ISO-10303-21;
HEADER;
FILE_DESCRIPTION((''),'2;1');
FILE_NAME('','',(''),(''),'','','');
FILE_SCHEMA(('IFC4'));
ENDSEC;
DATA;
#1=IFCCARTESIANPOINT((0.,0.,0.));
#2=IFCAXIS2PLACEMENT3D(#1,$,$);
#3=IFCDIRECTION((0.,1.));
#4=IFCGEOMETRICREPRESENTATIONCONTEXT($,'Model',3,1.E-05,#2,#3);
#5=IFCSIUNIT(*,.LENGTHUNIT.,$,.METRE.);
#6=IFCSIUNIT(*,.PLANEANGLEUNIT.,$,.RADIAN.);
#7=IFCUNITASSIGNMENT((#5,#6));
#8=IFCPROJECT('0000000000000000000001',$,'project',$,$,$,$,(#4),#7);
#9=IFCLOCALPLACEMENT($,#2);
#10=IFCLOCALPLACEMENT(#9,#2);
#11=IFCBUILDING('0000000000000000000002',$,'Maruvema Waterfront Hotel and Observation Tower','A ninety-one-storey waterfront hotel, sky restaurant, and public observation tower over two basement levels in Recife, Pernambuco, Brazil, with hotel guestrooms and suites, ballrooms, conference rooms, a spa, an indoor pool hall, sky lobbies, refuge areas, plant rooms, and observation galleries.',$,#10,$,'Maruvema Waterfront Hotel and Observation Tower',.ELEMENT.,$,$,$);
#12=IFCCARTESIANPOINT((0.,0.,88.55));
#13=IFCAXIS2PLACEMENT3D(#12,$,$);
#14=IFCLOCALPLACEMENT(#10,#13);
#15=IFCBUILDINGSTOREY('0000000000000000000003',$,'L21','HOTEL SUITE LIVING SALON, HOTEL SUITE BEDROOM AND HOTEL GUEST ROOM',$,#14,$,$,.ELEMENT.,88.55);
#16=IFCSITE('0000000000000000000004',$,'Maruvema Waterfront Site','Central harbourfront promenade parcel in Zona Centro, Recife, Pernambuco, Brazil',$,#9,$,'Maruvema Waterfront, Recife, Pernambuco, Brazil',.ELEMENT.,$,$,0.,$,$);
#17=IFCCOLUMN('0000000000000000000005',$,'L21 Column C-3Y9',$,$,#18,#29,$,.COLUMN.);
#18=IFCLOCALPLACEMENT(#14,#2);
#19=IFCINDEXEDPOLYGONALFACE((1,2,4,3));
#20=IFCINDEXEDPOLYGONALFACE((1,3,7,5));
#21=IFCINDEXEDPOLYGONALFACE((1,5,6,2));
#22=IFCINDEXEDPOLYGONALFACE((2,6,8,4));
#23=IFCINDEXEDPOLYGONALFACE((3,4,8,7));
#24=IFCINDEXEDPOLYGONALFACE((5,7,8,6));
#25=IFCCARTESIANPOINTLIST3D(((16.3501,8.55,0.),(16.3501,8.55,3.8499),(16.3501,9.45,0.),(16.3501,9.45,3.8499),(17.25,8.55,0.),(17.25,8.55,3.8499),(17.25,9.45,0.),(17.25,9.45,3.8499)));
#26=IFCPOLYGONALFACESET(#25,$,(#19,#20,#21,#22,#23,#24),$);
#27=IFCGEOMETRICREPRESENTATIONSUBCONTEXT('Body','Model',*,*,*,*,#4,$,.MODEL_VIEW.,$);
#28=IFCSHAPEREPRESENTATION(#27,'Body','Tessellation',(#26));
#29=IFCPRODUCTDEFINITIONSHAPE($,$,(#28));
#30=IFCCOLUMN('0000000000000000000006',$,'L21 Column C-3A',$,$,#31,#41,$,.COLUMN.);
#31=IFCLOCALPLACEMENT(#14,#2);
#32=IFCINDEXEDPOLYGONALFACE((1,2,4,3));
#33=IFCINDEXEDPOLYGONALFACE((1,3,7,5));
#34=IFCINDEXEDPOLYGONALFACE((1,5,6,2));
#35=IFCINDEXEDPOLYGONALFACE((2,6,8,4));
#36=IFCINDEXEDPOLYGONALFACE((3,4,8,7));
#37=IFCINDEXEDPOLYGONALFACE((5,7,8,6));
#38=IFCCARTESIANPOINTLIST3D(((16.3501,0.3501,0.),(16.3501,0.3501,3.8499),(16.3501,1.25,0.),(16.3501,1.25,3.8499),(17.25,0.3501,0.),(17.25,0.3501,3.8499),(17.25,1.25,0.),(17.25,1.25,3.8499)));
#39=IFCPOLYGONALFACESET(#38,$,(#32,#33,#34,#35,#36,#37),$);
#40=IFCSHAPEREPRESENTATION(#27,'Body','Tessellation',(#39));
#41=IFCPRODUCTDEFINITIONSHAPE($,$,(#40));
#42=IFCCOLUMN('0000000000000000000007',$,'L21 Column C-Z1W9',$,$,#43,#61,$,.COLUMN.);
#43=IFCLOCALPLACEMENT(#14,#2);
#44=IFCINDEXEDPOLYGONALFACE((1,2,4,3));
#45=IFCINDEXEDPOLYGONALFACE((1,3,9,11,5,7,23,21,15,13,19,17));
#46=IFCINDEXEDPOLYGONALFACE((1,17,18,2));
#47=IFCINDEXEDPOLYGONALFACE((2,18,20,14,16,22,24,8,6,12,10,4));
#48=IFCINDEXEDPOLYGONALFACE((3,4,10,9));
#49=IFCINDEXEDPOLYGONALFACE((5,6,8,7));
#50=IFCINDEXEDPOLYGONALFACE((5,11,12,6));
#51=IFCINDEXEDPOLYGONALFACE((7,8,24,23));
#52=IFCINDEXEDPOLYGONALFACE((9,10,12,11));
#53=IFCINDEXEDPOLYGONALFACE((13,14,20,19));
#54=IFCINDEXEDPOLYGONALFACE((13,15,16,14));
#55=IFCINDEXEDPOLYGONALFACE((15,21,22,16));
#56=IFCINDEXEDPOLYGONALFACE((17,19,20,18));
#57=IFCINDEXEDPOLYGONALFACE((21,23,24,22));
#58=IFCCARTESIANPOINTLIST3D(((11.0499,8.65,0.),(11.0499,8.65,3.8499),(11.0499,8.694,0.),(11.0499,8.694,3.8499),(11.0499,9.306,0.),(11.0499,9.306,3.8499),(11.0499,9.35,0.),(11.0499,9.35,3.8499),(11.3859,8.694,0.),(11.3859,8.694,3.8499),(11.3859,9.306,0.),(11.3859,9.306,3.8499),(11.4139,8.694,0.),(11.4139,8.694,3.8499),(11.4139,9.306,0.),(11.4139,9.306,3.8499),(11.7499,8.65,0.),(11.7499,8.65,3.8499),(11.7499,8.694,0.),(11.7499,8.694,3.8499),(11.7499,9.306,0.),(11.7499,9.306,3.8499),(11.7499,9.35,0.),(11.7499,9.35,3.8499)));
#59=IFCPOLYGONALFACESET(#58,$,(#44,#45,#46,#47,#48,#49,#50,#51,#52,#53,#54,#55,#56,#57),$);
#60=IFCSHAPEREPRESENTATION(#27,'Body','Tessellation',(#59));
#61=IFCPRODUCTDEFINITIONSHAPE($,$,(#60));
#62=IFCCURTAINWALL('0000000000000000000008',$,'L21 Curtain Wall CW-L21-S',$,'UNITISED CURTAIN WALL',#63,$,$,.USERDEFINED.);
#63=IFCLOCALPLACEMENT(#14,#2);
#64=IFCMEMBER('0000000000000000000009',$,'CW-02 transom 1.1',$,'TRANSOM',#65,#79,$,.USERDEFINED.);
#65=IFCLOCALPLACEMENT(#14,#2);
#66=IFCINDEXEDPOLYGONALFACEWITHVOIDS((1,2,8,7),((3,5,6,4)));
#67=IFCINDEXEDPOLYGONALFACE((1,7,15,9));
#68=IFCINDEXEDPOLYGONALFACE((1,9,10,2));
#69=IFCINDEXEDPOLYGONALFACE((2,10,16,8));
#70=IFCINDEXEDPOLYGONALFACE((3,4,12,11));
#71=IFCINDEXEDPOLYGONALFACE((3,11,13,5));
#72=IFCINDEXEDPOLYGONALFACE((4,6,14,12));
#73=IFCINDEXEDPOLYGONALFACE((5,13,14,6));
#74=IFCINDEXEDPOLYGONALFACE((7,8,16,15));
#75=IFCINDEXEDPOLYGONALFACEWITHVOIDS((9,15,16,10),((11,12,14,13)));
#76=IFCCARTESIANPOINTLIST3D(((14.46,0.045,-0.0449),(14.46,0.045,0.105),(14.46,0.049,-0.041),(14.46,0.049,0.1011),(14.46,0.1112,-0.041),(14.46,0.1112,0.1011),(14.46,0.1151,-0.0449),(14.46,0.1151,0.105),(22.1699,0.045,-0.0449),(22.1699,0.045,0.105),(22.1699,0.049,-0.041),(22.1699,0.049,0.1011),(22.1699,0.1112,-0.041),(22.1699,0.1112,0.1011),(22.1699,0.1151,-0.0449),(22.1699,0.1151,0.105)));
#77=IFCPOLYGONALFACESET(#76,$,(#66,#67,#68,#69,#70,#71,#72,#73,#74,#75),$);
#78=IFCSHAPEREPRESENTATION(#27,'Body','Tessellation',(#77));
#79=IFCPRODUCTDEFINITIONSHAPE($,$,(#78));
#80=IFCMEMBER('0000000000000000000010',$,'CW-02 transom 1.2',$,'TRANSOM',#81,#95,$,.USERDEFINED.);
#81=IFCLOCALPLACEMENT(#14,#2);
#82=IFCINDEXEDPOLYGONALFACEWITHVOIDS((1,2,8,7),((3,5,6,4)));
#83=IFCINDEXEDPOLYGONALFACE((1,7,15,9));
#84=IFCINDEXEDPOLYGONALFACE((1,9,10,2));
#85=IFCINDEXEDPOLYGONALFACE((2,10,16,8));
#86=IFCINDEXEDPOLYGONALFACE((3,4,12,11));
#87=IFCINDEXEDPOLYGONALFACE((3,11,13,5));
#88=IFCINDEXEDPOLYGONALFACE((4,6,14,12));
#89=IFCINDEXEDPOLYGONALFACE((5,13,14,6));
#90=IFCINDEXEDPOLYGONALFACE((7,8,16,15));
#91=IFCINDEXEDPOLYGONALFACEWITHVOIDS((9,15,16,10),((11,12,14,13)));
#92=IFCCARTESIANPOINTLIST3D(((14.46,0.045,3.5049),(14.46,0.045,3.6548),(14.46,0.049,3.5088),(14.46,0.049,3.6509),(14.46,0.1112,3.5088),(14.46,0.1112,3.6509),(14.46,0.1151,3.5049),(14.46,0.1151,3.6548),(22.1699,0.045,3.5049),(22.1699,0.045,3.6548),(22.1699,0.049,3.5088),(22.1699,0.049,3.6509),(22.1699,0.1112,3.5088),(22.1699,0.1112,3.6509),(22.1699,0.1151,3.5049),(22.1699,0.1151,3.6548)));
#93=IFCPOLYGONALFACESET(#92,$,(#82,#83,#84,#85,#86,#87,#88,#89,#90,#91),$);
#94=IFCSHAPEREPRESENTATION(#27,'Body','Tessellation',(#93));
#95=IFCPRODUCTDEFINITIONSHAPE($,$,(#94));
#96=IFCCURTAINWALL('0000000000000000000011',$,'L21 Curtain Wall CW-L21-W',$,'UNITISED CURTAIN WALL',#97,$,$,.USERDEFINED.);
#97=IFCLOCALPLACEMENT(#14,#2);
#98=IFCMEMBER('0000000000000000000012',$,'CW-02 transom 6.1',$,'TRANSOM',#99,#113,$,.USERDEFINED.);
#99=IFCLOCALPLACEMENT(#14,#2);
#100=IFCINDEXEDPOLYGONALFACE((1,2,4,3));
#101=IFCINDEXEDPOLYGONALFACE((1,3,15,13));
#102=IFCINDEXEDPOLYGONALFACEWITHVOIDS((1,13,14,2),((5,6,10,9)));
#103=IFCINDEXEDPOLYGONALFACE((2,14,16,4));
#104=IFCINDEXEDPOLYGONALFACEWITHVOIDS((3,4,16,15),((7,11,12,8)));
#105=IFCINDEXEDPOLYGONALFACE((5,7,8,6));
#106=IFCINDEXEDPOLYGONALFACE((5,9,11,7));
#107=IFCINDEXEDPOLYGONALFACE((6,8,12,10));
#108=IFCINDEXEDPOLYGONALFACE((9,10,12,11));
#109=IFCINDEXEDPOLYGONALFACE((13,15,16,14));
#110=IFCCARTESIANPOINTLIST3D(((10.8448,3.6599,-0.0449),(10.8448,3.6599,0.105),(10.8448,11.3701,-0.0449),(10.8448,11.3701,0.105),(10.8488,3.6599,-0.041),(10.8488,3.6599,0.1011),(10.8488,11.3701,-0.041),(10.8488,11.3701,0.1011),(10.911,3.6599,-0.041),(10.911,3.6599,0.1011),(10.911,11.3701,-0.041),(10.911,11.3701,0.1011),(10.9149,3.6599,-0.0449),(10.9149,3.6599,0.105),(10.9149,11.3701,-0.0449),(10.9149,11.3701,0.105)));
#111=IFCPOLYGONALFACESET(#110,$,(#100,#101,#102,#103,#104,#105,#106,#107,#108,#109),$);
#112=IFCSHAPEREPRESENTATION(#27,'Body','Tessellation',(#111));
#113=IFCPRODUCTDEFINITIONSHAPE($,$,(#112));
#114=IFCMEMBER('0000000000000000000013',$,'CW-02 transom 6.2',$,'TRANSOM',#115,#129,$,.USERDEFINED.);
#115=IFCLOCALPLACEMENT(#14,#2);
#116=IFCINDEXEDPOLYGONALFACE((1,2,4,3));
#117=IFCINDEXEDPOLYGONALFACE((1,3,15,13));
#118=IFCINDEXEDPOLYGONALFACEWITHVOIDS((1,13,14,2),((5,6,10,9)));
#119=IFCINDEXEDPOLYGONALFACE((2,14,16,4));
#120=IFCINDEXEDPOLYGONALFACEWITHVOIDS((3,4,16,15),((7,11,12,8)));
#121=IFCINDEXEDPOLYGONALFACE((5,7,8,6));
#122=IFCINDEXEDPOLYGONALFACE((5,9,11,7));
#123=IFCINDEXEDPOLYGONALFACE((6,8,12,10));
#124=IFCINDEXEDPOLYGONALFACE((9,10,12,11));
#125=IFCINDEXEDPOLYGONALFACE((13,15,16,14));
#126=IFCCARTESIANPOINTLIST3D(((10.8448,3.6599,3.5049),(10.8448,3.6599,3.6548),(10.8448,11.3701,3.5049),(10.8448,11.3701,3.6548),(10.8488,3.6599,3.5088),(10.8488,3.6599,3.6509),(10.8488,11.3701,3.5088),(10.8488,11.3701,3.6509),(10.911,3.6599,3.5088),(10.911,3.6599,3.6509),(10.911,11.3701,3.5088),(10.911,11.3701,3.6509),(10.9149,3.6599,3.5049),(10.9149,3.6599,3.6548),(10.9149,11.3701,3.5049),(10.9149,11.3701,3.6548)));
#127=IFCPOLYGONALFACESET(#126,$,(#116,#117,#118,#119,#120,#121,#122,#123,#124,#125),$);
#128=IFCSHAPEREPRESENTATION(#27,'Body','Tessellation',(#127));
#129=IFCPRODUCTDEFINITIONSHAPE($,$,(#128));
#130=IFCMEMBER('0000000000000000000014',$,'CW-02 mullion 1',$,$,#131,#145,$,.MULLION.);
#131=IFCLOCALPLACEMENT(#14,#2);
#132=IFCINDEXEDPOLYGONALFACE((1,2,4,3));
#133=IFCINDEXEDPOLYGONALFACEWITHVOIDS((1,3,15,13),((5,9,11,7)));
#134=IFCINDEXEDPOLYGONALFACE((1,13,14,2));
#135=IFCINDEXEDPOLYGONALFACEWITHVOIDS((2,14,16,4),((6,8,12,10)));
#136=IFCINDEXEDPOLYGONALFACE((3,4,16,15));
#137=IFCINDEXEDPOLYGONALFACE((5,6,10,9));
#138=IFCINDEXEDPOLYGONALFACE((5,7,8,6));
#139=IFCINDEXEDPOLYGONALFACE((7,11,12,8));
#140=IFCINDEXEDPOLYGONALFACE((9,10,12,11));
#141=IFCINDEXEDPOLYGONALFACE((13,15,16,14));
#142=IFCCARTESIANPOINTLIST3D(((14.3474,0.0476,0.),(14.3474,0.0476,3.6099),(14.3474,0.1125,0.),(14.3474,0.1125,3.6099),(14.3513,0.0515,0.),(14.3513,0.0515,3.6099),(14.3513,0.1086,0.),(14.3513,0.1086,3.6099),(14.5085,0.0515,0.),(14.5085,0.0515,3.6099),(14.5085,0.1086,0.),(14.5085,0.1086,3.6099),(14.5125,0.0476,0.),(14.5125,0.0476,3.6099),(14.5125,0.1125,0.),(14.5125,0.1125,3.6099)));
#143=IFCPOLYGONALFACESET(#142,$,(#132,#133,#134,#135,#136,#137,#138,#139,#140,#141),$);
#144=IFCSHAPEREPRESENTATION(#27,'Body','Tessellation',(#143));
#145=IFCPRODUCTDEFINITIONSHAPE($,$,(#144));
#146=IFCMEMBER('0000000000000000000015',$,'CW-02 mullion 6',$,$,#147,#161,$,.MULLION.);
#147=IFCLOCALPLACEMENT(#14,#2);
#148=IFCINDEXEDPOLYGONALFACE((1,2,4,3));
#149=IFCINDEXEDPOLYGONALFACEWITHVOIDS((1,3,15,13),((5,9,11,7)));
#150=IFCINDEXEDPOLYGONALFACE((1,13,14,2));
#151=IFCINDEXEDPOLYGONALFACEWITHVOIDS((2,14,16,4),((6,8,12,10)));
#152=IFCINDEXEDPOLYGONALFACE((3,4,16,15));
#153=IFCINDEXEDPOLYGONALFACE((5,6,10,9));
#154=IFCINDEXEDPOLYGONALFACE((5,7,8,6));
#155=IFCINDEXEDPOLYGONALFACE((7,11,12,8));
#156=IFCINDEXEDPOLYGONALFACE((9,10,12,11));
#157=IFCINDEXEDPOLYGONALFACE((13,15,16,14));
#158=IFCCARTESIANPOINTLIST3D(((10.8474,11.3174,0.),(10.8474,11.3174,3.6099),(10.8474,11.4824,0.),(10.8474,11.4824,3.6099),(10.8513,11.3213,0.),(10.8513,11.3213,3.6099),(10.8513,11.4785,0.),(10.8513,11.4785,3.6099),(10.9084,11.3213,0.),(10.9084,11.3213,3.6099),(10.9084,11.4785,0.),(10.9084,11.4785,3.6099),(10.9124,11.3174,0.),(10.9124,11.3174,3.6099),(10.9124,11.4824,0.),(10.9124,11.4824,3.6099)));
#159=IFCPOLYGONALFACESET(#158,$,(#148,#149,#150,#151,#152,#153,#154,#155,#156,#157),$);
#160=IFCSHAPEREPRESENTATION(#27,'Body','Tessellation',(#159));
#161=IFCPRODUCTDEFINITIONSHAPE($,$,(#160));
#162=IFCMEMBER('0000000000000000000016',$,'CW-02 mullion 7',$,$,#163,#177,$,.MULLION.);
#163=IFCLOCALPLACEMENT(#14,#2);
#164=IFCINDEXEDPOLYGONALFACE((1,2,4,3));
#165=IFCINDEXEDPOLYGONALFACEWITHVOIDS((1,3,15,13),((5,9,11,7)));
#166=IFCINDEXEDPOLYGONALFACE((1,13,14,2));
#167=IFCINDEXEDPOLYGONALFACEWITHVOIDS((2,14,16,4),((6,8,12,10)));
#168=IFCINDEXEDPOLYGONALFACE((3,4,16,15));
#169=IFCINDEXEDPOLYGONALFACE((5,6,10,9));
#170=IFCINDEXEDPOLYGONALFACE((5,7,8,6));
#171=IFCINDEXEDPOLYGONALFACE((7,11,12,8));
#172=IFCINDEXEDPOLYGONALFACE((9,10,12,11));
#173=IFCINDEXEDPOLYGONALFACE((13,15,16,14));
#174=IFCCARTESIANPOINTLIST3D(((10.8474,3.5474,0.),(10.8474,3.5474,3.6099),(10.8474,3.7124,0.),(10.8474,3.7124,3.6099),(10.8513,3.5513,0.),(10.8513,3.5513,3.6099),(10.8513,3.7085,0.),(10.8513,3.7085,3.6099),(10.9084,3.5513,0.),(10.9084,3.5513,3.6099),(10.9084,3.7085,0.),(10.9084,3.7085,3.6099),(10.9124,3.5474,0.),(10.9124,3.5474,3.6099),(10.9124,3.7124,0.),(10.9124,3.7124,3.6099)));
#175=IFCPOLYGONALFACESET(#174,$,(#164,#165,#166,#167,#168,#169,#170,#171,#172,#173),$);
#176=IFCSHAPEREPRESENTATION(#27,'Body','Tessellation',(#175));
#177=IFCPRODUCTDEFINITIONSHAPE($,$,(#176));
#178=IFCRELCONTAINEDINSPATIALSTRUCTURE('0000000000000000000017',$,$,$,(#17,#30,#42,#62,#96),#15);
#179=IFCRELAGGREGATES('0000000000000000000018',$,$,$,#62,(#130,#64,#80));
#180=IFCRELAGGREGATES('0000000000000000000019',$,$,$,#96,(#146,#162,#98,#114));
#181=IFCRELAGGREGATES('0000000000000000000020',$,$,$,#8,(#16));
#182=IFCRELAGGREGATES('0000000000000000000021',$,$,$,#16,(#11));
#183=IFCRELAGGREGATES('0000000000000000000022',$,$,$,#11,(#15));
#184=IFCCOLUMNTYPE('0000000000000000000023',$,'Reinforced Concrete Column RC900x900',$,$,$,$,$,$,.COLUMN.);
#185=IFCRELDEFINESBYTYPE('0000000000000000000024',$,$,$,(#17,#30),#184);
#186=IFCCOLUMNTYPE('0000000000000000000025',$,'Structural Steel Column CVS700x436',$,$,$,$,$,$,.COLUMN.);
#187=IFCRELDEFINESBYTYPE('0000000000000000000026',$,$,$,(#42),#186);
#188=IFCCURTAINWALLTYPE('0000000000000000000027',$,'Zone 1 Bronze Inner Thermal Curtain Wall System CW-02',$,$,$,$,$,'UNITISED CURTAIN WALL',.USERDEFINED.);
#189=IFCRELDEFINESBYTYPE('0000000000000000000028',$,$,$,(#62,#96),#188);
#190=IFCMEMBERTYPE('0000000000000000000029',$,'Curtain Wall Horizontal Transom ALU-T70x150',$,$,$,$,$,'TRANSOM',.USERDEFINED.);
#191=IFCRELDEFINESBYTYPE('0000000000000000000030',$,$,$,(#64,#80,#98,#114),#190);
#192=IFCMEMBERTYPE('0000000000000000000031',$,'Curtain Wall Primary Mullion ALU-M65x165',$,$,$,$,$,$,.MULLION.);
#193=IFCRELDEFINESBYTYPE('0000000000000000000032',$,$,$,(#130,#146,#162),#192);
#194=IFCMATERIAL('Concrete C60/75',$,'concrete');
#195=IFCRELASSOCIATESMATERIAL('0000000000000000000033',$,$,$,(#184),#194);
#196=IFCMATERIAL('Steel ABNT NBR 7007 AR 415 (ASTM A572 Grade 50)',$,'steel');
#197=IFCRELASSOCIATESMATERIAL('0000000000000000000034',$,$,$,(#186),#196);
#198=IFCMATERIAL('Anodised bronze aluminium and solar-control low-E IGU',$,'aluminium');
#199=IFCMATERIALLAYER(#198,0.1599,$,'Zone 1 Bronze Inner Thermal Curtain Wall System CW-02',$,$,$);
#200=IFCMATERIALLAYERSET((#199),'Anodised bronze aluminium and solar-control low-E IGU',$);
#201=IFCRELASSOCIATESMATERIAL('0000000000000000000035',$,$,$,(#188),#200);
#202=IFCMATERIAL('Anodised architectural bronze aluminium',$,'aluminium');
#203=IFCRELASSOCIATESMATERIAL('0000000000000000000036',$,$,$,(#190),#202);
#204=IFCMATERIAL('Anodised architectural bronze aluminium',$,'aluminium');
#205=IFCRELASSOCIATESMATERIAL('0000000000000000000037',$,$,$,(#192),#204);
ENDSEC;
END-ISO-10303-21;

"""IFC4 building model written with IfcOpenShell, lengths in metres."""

from ifc_helpers import new_model, si_unit, direction, frame, origin, origin_2d, place, context, subcontext, project, spatial, rectangle, hollow_rectangle, i_section, extrude, material, layer, layer_set, material_profile, profile_set, type_object, element, aggregate, save


model = new_model("IFC4")

# Units and contexts
model_context = context("Model", 3, precision=1e-05, world=origin(), true_north=direction((0.0, 1.0)))
body_context = subcontext(model_context, "Body", "Model", "MODEL_VIEW")
ifc_project = project(units=[si_unit("LENGTHUNIT", "METRE"), si_unit("PLANEANGLEUNIT", "RADIAN")], contexts=[model_context])

# Site, building, storey
site_placement = place(None, origin())
site = spatial("IfcSite", under=ifc_project, at=site_placement, Name="Maruvema Waterfront Site", Description="Central harbourfront promenade parcel in Zona Centro, Recife, Pernambuco, Brazil", LongName="Maruvema Waterfront, Recife, Pernambuco, Brazil", CompositionType="ELEMENT", RefElevation=0.0)
building_placement = place(site_placement, origin())
building = spatial("IfcBuilding", under=site, at=building_placement, Name="Maruvema Waterfront Hotel and Observation Tower", Description="A ninety-one-storey waterfront hotel, sky restaurant, and public observation tower over two basement levels in Recife, Pernambuco, Brazil, with hotel guestrooms and suites, ballrooms, conference rooms, a spa, an indoor pool hall, sky lobbies, refuge areas, plant rooms, and observation galleries.", LongName="Maruvema Waterfront Hotel and Observation Tower", CompositionType="ELEMENT")
storey_placement = place(building_placement, frame((0.0, 0.0, 88.55)))
storey = spatial("IfcBuildingStorey", under=building, at=storey_placement, Name="L21", Description="HOTEL SUITE LIVING SALON, HOTEL SUITE BEDROOM AND HOTEL GUEST ROOM", CompositionType="ELEMENT", Elevation=88.55)

# Columns
ifc_material_1 = material(Name="Concrete C60/75", Category="concrete")
ifc_material_profile_1 = material_profile(ifc_material_1, rectangle(XDim=0.8999, YDim=0.8999, at=origin_2d()), Name="RC900x900")
ifc_profile_set_1 = profile_set([ifc_material_profile_1], Name="Concrete C60/75")
column_type_1 = type_object("IfcColumnType", Name="Reinforced Concrete Column RC900x900", PredefinedType="COLUMN", material=ifc_profile_set_1)
for number, where, z_axis, x_axis, name in (
    (1, (16.8, 9.0, 0.0), (0.0, 0.0, 1.0), (1.0, 0.0, 0.0), "L21 Column C-3Y9"),
    (2, (16.8, 0.8, 0.0), (0.0, 0.0, 1.0), (1.0, 0.0, 0.0), "L21 Column C-3A"),
):
    element("IfcColumn", number, at=place(storey_placement, frame(where, z_axis=z_axis, x_axis=x_axis)), inside=storey, type_object=column_type_1, Name=name, PredefinedType="COLUMN", context=body_context, shape_type="SweptSolid", body=[
        extrude(rectangle(XDim=0.8999, YDim=0.8999, at=origin_2d()), origin(), (0.0, 0.0, 1.0), 3.8499),
    ])
ifc_material_2 = material(Name="Steel ABNT NBR 7007 AR 415 (ASTM A572 Grade 50)", Category="steel")
ifc_material_profile_2 = material_profile(ifc_material_2, i_section(OverallWidth=0.7, OverallDepth=0.7, WebThickness=0.0281, FlangeThickness=0.0439, at=origin_2d()), Name="CVS700x436")
ifc_profile_set_2 = profile_set([ifc_material_profile_2], Name="Steel ABNT NBR 7007 AR 415 (ASTM A572 Grade 50)")
column_type_2 = type_object("IfcColumnType", Name="Structural Steel Column CVS700x436", PredefinedType="COLUMN", material=ifc_profile_set_2)
column_placement = place(storey_placement, frame((11.3999, 9.0, 0.0), z_axis=(0.0, 0.0, 1.0), x_axis=(1.0, 0.0, 0.0)))
element("IfcColumn", 3, at=column_placement, inside=storey, type_object=column_type_2, Name="L21 Column C-Z1W9", PredefinedType="COLUMN", context=body_context, shape_type="SweptSolid", body=[
    extrude(i_section(OverallWidth=0.7, OverallDepth=0.7, WebThickness=0.0281, FlangeThickness=0.0439, at=origin_2d()), origin(), (0.0, 0.0, 1.0), 3.8499),
])

# Curtain walls, members
ifc_material_3 = material(Name="Anodised bronze aluminium and solar-control low-E IGU", Category="aluminium")
ifc_layer_1 = layer(ifc_material_3, 0.1599, Name="Zone 1 Bronze Inner Thermal Curtain Wall System CW-02")
ifc_layer_set_1 = layer_set([ifc_layer_1], Name="Anodised bronze aluminium and solar-control low-E IGU")
curtain_wall_type = type_object("IfcCurtainWallType", Name="Zone 1 Bronze Inner Thermal Curtain Wall System CW-02", ElementType="UNITISED CURTAIN WALL", PredefinedType="USERDEFINED", material=ifc_layer_set_1)
curtain_wall_1_placement = place(storey_placement, origin())
curtain_wall_1 = element("IfcCurtainWall", 4, at=curtain_wall_1_placement, inside=storey, type_object=curtain_wall_type, Name="L21 Curtain Wall CW-L21-S", ObjectType="UNITISED CURTAIN WALL", PredefinedType="USERDEFINED")
ifc_material_4 = material(Name="Anodised architectural bronze aluminium", Category="aluminium")
ifc_material_profile_3 = material_profile(ifc_material_4, hollow_rectangle(XDim=0.0701, YDim=0.1499, WallThickness=0.0039, at=origin_2d()), Name="ALU-T70x150")
ifc_profile_set_3 = profile_set([ifc_material_profile_3], Name="Anodised architectural bronze aluminium")
member_type_1 = type_object("IfcMemberType", Name="Curtain Wall Horizontal Transom ALU-T70x150", ElementType="TRANSOM", PredefinedType="USERDEFINED", material=ifc_profile_set_3)
member_1_placement = place(storey_placement, frame((14.46, 0.0801, 0.03), z_axis=(1.0, 0.0, 0.0), x_axis=(0.0, 1.0, 0.0)))
member_1 = element("IfcMember", 5, at=member_1_placement, type_object=member_type_1, Name="CW-02 transom 1.1", ObjectType="TRANSOM", PredefinedType="USERDEFINED", context=body_context, shape_type="SweptSolid", body=[
    extrude(hollow_rectangle(XDim=0.0701, YDim=0.1499, WallThickness=0.0039, at=origin_2d()), origin(), (0.0, 0.0, 1.0), 7.71),
])
member_2_placement = place(storey_placement, frame((14.46, 0.0801, 3.5798), z_axis=(1.0, 0.0, 0.0), x_axis=(0.0, 1.0, 0.0)))
member_2 = element("IfcMember", 6, at=member_2_placement, type_object=member_type_1, Name="CW-02 transom 1.2", ObjectType="TRANSOM", PredefinedType="USERDEFINED", context=body_context, shape_type="SweptSolid", body=[
    extrude(hollow_rectangle(XDim=0.0701, YDim=0.1499, WallThickness=0.0039, at=origin_2d()), origin(), (0.0, 0.0, 1.0), 7.71),
])
curtain_wall_2_placement = place(storey_placement, origin())
curtain_wall_2 = element("IfcCurtainWall", 7, at=curtain_wall_2_placement, inside=storey, type_object=curtain_wall_type, Name="L21 Curtain Wall CW-L21-W", ObjectType="UNITISED CURTAIN WALL", PredefinedType="USERDEFINED")
member_3_placement = place(storey_placement, frame((10.8799, 11.3701, 0.03), z_axis=(0.0, -1.0, 0.0), x_axis=(1.0, 0.0, 0.0)))
member_3 = element("IfcMember", 8, at=member_3_placement, type_object=member_type_1, Name="CW-02 transom 6.1", ObjectType="TRANSOM", PredefinedType="USERDEFINED", context=body_context, shape_type="SweptSolid", body=[
    extrude(hollow_rectangle(XDim=0.0701, YDim=0.1499, WallThickness=0.0039, at=origin_2d()), origin(), (0.0, 0.0, 1.0), 7.7102),
])
member_4_placement = place(storey_placement, frame((10.8799, 11.3701, 3.5798), z_axis=(0.0, -1.0, 0.0), x_axis=(1.0, 0.0, 0.0)))
member_4 = element("IfcMember", 9, at=member_4_placement, type_object=member_type_1, Name="CW-02 transom 6.2", ObjectType="TRANSOM", PredefinedType="USERDEFINED", context=body_context, shape_type="SweptSolid", body=[
    extrude(hollow_rectangle(XDim=0.0701, YDim=0.1499, WallThickness=0.0039, at=origin_2d()), origin(), (0.0, 0.0, 1.0), 7.7102),
])

# Members
ifc_material_5 = material(Name="Anodised architectural bronze aluminium", Category="aluminium")
ifc_material_profile_4 = material_profile(ifc_material_5, hollow_rectangle(XDim=0.0649, YDim=0.165, WallThickness=0.0039, at=origin_2d()), Name="ALU-M65x165")
ifc_profile_set_4 = profile_set([ifc_material_profile_4], Name="Anodised architectural bronze aluminium")
member_type_2 = type_object("IfcMemberType", Name="Curtain Wall Primary Mullion ALU-M65x165", PredefinedType="MULLION", material=ifc_profile_set_4)
member_5_placement = place(storey_placement, frame((14.4299, 0.0801, 0.0), z_axis=(0.0, 0.0, 1.0), x_axis=(0.0, 1.0, 0.0)))
member_5 = element("IfcMember", 10, at=member_5_placement, type_object=member_type_2, Name="CW-02 mullion 1", PredefinedType="MULLION", context=body_context, shape_type="SweptSolid", body=[
    extrude(hollow_rectangle(XDim=0.0649, YDim=0.165, WallThickness=0.0039, at=origin_2d()), origin(), (0.0, 0.0, 1.0), 3.6099),
])
member_6_placement = place(storey_placement, frame((10.8799, 11.3999, 0.0), z_axis=(0.0, 0.0, 1.0), x_axis=(1.0, 0.0, 0.0)))
member_6 = element("IfcMember", 11, at=member_6_placement, type_object=member_type_2, Name="CW-02 mullion 6", PredefinedType="MULLION", context=body_context, shape_type="SweptSolid", body=[
    extrude(hollow_rectangle(XDim=0.0649, YDim=0.165, WallThickness=0.0039, at=origin_2d()), origin(), (0.0, 0.0, 1.0), 3.6099),
])
member_7_placement = place(storey_placement, frame((10.8799, 3.6299, 0.0), z_axis=(0.0, 0.0, 1.0), x_axis=(1.0, 0.0, 0.0)))
member_7 = element("IfcMember", 12, at=member_7_placement, type_object=member_type_2, Name="CW-02 mullion 7", PredefinedType="MULLION", context=body_context, shape_type="SweptSolid", body=[
    extrude(hollow_rectangle(XDim=0.0649, YDim=0.165, WallThickness=0.0039, at=origin_2d()), origin(), (0.0, 0.0, 1.0), 3.6099),
])

aggregate(curtain_wall_1, [member_5, member_1, member_2])
aggregate(curtain_wall_2, [member_6, member_7, member_3, member_4])

save(model, "model.ifc")
